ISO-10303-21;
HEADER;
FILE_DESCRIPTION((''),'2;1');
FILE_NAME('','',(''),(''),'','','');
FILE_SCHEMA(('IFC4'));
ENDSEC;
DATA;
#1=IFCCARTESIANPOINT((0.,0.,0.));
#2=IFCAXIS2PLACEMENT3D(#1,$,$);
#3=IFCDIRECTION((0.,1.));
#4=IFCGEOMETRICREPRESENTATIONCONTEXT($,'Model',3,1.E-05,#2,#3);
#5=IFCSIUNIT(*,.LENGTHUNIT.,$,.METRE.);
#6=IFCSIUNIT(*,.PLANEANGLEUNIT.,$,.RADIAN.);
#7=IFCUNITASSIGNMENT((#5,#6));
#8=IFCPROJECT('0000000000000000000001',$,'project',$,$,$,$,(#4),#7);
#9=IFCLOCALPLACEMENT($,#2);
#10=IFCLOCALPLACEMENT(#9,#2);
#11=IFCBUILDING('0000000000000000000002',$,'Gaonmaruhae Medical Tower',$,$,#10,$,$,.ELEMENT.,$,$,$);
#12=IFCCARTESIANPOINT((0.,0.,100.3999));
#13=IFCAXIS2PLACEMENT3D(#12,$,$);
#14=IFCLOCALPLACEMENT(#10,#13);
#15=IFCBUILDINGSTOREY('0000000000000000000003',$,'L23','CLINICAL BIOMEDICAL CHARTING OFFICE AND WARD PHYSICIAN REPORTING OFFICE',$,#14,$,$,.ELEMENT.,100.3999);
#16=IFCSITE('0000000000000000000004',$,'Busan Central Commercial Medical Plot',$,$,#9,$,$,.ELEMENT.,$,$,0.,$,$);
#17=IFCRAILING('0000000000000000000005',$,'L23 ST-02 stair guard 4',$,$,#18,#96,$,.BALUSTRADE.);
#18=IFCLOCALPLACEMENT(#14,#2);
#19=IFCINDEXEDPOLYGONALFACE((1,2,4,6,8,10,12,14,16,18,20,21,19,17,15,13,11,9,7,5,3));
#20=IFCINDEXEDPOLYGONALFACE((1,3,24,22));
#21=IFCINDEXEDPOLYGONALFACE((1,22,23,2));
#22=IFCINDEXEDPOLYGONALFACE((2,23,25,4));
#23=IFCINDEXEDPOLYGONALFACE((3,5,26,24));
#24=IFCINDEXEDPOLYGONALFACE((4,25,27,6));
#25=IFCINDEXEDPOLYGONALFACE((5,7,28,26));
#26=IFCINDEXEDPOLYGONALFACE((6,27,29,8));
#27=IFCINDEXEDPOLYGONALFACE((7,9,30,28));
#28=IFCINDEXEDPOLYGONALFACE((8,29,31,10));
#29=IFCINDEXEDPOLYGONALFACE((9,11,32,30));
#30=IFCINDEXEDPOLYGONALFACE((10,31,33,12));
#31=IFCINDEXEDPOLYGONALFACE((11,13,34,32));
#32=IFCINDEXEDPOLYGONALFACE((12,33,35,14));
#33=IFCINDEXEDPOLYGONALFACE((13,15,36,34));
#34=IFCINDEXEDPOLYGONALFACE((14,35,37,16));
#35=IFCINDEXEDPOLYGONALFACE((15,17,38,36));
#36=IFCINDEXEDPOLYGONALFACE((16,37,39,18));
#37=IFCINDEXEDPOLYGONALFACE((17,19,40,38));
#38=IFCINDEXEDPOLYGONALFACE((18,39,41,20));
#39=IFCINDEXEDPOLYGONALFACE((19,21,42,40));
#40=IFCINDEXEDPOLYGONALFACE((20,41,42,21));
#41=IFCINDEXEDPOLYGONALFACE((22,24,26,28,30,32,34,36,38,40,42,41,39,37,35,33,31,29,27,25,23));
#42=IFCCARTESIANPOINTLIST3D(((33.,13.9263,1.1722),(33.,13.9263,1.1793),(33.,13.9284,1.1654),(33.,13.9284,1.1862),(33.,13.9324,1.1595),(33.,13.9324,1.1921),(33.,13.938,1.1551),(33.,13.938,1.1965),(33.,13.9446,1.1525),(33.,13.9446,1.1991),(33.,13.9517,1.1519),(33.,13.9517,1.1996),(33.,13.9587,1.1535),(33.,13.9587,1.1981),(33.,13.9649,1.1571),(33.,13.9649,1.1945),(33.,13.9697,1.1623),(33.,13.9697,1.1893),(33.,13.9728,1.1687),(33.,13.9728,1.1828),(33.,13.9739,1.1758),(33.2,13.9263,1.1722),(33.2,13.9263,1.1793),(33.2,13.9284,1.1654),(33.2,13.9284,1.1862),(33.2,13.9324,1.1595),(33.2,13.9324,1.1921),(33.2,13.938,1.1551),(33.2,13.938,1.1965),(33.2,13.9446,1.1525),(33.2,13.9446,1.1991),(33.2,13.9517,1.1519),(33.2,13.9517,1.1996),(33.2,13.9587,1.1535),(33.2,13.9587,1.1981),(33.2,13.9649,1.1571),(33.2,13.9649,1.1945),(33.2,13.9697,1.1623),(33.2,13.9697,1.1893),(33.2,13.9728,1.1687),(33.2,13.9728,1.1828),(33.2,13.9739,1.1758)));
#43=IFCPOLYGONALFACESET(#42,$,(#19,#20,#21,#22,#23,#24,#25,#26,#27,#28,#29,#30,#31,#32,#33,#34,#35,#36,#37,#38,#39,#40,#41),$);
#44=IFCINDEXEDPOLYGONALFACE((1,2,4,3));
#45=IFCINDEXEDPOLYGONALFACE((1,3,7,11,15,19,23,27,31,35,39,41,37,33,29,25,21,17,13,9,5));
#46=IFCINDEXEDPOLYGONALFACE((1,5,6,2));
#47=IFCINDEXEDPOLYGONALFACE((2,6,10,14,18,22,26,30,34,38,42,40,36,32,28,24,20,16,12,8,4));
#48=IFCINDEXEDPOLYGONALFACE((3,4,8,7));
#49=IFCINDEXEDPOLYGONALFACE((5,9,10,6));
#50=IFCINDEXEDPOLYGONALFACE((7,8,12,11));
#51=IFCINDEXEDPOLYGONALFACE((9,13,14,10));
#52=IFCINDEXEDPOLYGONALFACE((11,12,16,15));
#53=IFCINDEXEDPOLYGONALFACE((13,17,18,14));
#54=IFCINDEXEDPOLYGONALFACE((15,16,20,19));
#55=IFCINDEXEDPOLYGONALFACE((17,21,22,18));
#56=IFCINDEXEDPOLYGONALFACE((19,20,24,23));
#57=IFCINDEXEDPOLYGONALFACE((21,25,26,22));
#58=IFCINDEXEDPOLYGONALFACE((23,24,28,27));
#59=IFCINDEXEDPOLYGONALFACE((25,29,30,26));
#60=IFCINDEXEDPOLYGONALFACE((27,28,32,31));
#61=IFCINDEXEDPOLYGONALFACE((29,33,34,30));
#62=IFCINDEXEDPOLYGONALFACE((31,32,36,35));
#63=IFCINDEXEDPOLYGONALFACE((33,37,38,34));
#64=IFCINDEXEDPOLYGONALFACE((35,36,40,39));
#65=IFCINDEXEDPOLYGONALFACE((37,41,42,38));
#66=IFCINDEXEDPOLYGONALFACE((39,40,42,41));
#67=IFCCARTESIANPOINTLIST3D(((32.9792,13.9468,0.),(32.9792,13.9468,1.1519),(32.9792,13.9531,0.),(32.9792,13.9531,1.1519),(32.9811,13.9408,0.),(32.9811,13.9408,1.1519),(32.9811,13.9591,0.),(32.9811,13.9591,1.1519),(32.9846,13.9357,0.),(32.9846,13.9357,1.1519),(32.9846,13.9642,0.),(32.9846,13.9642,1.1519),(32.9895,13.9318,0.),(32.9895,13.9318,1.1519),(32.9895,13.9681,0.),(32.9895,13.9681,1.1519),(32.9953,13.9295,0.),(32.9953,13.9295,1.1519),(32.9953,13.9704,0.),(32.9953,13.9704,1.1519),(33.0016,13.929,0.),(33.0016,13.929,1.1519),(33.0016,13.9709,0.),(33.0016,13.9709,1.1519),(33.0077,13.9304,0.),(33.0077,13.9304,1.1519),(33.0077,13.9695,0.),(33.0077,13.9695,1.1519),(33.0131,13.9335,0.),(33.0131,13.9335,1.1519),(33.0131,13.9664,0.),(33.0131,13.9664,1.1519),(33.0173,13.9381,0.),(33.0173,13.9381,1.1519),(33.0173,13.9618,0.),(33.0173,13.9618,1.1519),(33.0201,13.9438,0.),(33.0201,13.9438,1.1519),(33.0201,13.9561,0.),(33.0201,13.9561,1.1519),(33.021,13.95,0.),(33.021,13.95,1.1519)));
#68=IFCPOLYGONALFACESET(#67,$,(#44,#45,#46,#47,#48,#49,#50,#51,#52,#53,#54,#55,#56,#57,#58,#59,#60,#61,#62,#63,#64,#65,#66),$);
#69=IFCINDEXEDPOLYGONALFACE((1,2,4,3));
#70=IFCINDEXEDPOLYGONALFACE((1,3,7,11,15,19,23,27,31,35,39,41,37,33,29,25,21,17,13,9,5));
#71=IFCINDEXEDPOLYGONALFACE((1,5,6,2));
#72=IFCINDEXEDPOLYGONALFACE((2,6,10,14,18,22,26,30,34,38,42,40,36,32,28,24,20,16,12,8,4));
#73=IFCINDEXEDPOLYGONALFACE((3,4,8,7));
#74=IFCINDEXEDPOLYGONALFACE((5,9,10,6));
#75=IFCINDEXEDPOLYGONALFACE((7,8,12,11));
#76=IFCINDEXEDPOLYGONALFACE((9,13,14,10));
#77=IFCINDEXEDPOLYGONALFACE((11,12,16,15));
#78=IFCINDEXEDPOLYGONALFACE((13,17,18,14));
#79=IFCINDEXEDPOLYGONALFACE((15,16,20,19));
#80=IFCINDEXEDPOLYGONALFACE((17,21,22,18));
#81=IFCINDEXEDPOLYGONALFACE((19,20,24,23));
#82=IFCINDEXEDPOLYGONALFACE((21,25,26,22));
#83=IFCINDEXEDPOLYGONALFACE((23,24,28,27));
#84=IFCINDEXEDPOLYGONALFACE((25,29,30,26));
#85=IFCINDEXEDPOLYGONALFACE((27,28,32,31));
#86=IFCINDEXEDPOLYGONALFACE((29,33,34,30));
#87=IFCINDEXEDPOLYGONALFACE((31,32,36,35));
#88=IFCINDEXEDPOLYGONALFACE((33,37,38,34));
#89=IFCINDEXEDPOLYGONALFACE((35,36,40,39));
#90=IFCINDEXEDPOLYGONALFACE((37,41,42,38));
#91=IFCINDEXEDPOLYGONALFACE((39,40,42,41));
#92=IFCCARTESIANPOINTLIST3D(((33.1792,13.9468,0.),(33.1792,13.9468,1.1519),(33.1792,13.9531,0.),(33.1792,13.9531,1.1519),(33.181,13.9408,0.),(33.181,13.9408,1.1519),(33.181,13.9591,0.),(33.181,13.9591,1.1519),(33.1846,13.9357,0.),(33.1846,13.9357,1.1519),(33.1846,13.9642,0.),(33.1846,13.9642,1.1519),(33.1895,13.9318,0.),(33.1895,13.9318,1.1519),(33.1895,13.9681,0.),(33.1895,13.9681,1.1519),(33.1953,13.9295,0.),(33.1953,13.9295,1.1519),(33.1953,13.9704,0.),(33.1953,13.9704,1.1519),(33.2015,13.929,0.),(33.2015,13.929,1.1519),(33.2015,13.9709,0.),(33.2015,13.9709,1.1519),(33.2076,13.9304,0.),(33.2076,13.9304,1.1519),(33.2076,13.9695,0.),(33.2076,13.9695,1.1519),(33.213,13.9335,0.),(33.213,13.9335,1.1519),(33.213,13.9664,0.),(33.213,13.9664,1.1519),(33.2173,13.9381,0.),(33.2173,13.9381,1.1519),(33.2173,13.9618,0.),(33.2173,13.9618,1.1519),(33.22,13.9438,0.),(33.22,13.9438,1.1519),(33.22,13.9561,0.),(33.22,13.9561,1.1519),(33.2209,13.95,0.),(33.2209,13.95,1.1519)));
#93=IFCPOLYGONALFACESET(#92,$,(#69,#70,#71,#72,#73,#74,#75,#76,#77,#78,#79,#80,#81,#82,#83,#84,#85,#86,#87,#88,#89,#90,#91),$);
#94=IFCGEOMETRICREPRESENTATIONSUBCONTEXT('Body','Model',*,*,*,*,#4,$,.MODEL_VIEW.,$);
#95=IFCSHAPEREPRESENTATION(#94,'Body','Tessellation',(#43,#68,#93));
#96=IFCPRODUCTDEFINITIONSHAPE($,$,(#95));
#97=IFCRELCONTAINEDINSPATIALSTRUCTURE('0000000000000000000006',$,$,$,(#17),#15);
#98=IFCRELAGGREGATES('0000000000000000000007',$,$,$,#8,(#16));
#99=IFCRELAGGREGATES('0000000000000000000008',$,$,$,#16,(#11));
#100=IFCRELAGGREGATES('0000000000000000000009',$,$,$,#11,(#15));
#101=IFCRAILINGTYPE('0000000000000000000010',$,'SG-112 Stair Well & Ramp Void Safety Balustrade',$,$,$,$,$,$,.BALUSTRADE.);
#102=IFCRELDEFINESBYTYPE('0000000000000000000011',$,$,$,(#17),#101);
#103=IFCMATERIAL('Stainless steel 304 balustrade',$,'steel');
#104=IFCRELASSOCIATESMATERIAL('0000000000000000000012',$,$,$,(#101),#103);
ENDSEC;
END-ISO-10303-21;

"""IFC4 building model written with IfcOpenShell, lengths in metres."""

from ifc_helpers import new_model, si_unit, direction, frame, origin, origin_2d, place, context, subcontext, project, spatial, circle, extrude, material, type_object, element, save


model = new_model("IFC4")

# Units and contexts
model_context = context("Model", 3, precision=1e-05, world=origin(), true_north=direction((0.0, 1.0)))
body_context = subcontext(model_context, "Body", "Model", "MODEL_VIEW")
ifc_project = project(units=[si_unit("LENGTHUNIT", "METRE"), si_unit("PLANEANGLEUNIT", "RADIAN")], contexts=[model_context])

# Site, building, storey
site_placement = place(None, origin())
site = spatial("IfcSite", under=ifc_project, at=site_placement, Name="Busan Central Commercial Medical Plot", CompositionType="ELEMENT", RefElevation=0.0)
building_placement = place(site_placement, origin())
building = spatial("IfcBuilding", under=site, at=building_placement, Name="Gaonmaruhae Medical Tower", CompositionType="ELEMENT")
storey_placement = place(building_placement, frame((0.0, 0.0, 100.3999)))
storey = spatial("IfcBuildingStorey", under=building, at=storey_placement, Name="L23", Description="CLINICAL BIOMEDICAL CHARTING OFFICE AND WARD PHYSICIAN REPORTING OFFICE", CompositionType="ELEMENT", Elevation=100.3999)

# Railing
ifc_material_1 = material(Name="Stainless steel 304 balustrade", Category="steel")
railing_type_1 = type_object("IfcRailingType", Name="SG-112 Stair Well & Ramp Void Safety Balustrade", PredefinedType="BALUSTRADE", material=ifc_material_1)
railing_1_placement = place(storey_placement, frame((33.0, 13.95, 0.0)))
element("IfcRailing", 1, at=railing_1_placement, inside=storey, type_object=railing_type_1, Name="L23 ST-02 stair guard 4", PredefinedType="BALUSTRADE", context=body_context, shape_type="SweptSolid", body=[
    extrude(circle(Radius=0.0239, at=origin_2d()), frame((0.0, 0.0, 1.1758), z_axis=(1.0, 0.0, 0.0), x_axis=(0.0, 1.0, 0.0)), (0.0, 0.0, 1.0), 0.2),
    extrude(circle(Radius=0.021, at=origin_2d()), origin(), (0.0, 0.0, 1.0), 1.1519),
    extrude(circle(Radius=0.021, at=origin_2d()), frame((0.2, 0.0, 0.0)), (0.0, 0.0, 1.0), 1.1519),
])

save(model, "model.ifc")
